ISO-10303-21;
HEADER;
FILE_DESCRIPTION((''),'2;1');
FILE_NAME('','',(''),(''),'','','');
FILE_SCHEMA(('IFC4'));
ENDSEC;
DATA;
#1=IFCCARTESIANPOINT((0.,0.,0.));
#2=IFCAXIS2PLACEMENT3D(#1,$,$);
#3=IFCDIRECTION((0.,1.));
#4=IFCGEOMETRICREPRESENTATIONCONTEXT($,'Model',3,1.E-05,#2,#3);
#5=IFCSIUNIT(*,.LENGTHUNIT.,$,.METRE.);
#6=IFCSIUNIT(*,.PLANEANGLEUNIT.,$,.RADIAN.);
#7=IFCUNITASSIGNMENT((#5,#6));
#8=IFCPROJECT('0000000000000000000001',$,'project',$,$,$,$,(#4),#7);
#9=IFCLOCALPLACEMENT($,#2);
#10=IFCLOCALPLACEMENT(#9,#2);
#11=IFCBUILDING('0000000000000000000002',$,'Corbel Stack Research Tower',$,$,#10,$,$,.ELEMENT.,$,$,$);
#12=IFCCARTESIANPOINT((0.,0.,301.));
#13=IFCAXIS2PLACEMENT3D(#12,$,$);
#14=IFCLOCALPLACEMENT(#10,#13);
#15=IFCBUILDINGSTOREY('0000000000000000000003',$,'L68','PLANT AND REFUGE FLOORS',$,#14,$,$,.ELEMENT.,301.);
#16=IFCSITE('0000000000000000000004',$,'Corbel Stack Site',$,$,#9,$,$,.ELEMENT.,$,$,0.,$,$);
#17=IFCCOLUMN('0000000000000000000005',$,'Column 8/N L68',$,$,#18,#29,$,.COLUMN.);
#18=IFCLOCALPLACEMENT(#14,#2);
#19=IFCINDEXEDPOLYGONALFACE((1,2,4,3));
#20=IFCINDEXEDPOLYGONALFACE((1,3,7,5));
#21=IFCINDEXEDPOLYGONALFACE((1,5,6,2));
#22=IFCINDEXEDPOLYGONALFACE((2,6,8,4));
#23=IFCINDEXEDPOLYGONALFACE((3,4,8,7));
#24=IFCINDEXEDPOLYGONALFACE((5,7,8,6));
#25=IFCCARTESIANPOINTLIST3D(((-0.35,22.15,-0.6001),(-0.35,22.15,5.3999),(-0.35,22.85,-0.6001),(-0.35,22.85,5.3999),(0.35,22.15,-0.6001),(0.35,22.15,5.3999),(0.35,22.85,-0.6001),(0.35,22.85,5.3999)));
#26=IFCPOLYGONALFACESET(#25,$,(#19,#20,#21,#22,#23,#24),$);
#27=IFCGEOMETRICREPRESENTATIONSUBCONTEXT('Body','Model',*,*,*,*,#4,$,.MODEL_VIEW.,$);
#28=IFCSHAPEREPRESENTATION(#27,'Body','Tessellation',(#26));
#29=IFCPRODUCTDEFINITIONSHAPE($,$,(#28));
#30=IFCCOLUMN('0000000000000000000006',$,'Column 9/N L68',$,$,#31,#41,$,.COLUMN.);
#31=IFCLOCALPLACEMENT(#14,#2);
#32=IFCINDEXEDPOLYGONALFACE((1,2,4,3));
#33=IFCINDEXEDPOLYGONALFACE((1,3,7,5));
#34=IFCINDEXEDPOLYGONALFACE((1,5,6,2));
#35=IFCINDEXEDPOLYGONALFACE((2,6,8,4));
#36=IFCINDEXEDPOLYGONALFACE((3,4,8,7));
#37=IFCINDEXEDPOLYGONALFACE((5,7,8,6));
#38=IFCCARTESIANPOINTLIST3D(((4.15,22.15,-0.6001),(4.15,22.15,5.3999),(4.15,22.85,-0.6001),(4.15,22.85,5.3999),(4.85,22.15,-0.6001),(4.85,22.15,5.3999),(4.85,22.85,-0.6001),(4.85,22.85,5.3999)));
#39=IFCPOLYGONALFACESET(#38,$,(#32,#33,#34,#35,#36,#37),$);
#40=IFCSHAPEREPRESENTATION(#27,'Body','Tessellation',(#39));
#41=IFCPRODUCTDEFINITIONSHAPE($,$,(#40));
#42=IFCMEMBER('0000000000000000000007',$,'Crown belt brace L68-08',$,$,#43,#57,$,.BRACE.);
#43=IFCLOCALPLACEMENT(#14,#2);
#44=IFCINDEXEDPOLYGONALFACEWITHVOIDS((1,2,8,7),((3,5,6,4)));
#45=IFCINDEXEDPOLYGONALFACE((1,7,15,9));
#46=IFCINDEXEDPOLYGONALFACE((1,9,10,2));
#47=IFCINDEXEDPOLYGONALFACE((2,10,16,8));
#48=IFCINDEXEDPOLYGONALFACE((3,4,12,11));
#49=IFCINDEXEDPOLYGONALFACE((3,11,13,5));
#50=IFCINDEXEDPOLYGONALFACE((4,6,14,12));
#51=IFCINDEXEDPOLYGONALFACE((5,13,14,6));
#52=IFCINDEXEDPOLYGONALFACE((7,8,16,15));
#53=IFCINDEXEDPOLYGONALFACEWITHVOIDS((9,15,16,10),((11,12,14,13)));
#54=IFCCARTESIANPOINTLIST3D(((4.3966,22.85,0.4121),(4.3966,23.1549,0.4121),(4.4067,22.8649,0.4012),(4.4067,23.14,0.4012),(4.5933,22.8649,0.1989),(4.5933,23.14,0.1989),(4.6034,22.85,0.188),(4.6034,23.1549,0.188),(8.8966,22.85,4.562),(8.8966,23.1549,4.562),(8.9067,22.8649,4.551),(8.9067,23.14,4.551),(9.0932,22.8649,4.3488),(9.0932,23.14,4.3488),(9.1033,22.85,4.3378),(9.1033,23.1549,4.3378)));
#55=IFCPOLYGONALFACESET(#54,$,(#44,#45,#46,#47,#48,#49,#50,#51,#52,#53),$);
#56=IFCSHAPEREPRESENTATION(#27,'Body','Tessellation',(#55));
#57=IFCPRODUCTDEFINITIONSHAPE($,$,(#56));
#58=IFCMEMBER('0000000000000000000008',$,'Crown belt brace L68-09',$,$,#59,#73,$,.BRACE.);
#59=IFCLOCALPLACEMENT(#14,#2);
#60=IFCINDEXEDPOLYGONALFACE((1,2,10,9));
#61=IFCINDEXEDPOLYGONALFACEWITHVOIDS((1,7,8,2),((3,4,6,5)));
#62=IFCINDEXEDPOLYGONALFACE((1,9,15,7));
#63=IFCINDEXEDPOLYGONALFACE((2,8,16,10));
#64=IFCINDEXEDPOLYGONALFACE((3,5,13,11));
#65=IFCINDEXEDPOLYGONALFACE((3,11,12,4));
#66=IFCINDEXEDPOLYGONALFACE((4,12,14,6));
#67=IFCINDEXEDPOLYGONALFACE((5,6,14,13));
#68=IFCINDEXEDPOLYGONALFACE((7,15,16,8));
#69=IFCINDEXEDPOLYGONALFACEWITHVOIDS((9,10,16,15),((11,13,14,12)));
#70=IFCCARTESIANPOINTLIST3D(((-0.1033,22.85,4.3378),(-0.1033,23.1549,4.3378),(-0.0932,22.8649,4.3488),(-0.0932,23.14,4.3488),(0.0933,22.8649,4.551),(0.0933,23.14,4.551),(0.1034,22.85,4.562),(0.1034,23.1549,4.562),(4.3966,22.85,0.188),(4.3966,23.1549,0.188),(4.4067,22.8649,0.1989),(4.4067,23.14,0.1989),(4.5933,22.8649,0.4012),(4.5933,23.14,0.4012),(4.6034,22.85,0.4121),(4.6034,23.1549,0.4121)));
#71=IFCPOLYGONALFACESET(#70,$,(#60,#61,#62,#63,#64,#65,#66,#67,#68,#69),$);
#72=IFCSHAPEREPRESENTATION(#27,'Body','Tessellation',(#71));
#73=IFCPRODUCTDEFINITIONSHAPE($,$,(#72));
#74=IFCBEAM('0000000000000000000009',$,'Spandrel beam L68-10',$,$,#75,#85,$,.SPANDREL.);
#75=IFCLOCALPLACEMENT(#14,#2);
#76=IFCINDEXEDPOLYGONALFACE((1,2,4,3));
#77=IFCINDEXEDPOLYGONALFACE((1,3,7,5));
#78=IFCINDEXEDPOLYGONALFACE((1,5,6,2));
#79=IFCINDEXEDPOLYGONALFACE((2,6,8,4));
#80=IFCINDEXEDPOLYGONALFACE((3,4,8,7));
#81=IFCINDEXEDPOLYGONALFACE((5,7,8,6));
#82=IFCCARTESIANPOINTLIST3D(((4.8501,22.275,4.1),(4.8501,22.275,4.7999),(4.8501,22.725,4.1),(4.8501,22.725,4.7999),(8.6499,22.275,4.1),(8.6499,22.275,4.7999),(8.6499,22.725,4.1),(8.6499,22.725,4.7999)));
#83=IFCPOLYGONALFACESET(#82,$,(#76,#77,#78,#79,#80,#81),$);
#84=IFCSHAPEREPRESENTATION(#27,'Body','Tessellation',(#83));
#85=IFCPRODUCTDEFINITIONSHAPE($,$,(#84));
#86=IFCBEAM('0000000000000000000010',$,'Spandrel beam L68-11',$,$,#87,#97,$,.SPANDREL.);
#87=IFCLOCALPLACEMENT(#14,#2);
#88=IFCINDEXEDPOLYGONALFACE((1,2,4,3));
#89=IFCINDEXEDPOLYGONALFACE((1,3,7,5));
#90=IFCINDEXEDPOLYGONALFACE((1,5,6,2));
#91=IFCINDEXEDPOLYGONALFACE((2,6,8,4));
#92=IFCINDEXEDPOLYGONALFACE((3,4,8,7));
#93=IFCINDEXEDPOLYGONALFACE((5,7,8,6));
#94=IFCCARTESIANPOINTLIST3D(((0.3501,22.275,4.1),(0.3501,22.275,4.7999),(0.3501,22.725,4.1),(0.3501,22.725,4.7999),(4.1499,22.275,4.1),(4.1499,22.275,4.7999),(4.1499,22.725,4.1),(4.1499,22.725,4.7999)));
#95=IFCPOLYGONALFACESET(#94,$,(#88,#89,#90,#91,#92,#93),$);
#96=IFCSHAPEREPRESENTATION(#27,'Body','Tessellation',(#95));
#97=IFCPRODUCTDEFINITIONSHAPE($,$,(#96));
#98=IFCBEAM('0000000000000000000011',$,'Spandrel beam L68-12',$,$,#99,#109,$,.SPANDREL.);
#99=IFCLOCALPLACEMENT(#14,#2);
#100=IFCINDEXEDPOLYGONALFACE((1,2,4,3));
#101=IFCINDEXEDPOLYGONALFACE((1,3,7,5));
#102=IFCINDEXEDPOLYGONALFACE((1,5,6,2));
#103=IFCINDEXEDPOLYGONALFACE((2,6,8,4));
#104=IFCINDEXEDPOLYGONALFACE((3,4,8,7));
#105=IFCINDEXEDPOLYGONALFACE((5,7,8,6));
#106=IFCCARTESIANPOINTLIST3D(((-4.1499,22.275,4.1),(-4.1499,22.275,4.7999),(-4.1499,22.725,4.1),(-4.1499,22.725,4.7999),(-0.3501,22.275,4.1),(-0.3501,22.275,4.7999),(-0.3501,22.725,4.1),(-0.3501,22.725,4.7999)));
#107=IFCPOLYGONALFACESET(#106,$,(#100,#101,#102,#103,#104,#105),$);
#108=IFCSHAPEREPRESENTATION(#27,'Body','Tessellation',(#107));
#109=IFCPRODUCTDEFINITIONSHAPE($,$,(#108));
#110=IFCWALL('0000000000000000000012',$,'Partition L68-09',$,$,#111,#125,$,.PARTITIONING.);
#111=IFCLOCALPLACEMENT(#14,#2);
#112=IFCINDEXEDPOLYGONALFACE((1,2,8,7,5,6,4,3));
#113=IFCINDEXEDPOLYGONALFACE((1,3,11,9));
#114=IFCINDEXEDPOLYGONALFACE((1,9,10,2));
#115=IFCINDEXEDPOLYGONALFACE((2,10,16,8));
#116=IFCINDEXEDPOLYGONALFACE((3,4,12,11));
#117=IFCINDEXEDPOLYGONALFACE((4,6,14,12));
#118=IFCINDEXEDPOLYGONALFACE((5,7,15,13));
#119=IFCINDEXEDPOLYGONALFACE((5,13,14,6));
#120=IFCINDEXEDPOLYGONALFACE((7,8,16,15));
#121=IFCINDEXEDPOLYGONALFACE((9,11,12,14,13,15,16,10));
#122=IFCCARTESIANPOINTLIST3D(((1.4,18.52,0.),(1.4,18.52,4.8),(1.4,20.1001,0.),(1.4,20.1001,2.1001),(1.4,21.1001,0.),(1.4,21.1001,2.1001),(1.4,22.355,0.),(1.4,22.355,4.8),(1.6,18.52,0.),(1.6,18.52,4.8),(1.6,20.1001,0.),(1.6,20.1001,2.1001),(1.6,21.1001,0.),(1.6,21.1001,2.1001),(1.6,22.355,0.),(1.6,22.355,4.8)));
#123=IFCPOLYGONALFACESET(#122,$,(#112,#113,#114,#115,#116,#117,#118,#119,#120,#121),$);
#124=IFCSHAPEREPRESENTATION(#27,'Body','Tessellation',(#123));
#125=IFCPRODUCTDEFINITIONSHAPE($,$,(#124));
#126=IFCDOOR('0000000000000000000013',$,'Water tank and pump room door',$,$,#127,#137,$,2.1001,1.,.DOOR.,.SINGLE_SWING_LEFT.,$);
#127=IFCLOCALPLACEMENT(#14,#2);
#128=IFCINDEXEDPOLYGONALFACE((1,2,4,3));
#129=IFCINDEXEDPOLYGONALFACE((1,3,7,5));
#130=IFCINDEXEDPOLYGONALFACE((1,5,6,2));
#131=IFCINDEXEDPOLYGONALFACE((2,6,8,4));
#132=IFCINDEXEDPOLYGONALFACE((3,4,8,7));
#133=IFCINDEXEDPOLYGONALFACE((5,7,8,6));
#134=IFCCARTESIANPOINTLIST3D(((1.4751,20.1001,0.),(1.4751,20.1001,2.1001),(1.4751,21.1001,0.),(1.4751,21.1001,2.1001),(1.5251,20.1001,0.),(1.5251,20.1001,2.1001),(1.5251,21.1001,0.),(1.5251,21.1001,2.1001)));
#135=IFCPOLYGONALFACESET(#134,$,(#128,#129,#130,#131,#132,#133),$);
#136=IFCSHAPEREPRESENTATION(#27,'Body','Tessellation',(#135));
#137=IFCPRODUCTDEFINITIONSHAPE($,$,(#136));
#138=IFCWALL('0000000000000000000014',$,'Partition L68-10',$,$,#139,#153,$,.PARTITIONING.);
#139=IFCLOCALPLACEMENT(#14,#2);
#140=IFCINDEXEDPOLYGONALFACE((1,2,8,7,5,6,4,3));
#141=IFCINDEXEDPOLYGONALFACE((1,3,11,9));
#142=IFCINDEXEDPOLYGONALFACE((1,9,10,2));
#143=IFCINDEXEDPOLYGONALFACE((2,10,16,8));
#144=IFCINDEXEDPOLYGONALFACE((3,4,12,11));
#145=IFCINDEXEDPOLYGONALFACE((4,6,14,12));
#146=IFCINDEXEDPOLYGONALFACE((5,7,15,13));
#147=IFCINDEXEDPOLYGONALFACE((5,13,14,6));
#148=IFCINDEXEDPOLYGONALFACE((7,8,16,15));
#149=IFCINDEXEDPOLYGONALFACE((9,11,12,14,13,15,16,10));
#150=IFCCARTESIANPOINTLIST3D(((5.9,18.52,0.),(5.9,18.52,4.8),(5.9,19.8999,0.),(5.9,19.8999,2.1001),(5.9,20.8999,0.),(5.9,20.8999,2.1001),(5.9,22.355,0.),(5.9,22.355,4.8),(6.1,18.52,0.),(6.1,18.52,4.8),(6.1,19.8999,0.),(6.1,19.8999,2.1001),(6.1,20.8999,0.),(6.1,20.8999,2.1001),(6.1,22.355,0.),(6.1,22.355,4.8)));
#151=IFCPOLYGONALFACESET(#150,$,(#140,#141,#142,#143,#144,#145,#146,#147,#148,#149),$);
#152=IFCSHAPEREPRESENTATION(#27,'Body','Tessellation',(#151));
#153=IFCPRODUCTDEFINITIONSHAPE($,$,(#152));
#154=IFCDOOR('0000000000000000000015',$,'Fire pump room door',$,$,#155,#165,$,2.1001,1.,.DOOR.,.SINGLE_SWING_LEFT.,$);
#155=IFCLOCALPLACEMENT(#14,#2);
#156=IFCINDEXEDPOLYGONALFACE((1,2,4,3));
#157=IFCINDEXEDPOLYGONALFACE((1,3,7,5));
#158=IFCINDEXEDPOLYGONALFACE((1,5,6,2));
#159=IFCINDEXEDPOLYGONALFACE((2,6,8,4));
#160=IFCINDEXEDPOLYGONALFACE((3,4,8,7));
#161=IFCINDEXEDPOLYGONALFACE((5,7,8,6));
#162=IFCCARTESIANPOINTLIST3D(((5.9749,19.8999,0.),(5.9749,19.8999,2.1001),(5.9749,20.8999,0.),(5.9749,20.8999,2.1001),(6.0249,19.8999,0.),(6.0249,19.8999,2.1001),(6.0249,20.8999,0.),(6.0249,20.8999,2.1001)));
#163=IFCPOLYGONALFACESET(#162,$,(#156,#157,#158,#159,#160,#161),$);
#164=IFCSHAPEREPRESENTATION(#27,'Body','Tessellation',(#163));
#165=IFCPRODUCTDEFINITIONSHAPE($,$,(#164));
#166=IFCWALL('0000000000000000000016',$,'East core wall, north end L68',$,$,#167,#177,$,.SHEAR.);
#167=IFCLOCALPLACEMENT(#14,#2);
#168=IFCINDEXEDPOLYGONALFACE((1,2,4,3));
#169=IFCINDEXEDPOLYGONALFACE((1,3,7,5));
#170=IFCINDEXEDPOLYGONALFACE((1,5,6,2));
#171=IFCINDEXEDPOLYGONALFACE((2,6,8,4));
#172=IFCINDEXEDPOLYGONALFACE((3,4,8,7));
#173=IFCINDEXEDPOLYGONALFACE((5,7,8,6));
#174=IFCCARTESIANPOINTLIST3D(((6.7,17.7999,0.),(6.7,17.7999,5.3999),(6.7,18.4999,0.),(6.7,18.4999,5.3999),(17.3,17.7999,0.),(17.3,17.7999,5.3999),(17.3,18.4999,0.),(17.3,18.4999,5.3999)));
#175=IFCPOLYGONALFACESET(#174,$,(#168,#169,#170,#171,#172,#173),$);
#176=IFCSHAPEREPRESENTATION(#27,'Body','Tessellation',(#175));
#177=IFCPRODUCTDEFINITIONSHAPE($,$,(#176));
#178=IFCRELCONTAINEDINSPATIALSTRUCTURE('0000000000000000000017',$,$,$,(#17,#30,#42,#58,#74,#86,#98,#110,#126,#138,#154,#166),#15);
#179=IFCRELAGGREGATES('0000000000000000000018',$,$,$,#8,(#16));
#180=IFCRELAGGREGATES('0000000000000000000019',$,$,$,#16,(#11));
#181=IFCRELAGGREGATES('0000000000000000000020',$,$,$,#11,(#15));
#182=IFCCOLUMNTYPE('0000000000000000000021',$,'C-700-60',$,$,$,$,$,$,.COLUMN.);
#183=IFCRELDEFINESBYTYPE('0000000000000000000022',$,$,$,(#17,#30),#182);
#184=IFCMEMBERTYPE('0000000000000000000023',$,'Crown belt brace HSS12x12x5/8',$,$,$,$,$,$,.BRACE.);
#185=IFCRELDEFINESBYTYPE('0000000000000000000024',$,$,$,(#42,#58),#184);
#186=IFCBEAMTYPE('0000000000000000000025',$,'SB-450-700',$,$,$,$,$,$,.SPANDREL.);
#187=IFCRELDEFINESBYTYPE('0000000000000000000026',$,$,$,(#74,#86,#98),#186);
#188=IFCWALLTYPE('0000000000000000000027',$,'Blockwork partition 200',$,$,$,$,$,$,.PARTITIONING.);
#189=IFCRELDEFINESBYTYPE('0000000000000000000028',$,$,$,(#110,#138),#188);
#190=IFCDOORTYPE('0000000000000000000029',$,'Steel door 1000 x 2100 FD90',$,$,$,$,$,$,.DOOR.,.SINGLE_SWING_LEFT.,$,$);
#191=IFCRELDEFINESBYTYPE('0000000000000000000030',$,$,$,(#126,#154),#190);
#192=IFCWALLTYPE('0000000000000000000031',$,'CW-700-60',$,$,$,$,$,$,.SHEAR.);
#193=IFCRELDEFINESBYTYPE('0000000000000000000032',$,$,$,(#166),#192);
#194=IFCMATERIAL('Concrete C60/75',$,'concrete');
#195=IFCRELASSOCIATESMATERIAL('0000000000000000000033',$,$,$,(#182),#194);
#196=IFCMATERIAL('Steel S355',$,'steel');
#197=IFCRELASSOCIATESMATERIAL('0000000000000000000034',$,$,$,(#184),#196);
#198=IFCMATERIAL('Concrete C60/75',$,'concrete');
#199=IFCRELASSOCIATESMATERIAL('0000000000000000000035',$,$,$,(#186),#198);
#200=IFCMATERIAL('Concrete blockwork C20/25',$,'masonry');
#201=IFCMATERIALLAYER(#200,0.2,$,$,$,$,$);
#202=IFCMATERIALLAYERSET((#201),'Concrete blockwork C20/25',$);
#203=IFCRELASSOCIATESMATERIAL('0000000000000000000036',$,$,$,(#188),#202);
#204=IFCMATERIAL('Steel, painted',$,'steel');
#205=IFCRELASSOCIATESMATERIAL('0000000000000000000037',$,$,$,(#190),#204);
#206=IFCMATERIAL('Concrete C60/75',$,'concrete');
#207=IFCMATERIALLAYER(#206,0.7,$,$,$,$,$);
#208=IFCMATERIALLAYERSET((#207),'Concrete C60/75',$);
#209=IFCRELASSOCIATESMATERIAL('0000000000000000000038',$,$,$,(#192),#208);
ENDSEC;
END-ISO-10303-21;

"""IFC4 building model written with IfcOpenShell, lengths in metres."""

from ifc_helpers import new_model, si_unit, direction, frame, frame_2d, origin, origin_2d, place, context, subcontext, project, spatial, rectangle, hollow_rectangle, extrude, material, layer, layer_set, material_profile, profile_set, type_object, element, fill, save


model = new_model("IFC4")

# Units and contexts
model_context = context("Model", 3, precision=1e-05, world=origin(), true_north=direction((0.0, 1.0)))
body_context = subcontext(model_context, "Body", "Model", "MODEL_VIEW")
ifc_project = project(units=[si_unit("LENGTHUNIT", "METRE"), si_unit("PLANEANGLEUNIT", "RADIAN")], contexts=[model_context])

# Site, building, storey
site_placement = place(None, origin())
site = spatial("IfcSite", under=ifc_project, at=site_placement, Name="Corbel Stack Site", CompositionType="ELEMENT", RefElevation=0.0)
building_placement = place(site_placement, origin())
building = spatial("IfcBuilding", under=site, at=building_placement, Name="Corbel Stack Research Tower", CompositionType="ELEMENT")
storey_placement = place(building_placement, frame((0.0, 0.0, 301.0)))
storey = spatial("IfcBuildingStorey", under=building, at=storey_placement, Name="L68", Description="PLANT AND REFUGE FLOORS", CompositionType="ELEMENT", Elevation=301.0)

# Columns
ifc_material_1 = material(Name="Concrete C60/75", Category="concrete")
ifc_material_profile_1 = material_profile(ifc_material_1, rectangle(XDim=0.7, YDim=0.7, at=origin_2d()), Name="RC 700 x 700")
ifc_profile_set_1 = profile_set([ifc_material_profile_1], Name="Concrete C60/75")
column_type = type_object("IfcColumnType", Name="C-700-60", PredefinedType="COLUMN", material=ifc_profile_set_1)
for number, where, z_axis, x_axis, name in (
    (1, (0.0, 22.5, -0.6001), (0.0, 0.0, 1.0), (1.0, 0.0, 0.0), "Column 8/N L68"),
    (2, (4.5, 22.5, -0.6001), (0.0, 0.0, 1.0), (1.0, 0.0, 0.0), "Column 9/N L68"),
):
    element("IfcColumn", number, at=place(storey_placement, frame(where, z_axis=z_axis, x_axis=x_axis)), inside=storey, type_object=column_type, Name=name, PredefinedType="COLUMN", context=body_context, shape_type="SweptSolid", body=[
        extrude(rectangle(XDim=0.7, YDim=0.7, at=origin_2d()), origin(), (0.0, 0.0, 1.0), 6.0),
    ])

# Members
ifc_material_2 = material(Name="Steel S355", Category="steel")
ifc_material_profile_2 = material_profile(ifc_material_2, hollow_rectangle(XDim=0.3049, YDim=0.3049, WallThickness=0.0149, at=origin_2d()), Name="HSS12x12x5/8")
ifc_profile_set_2 = profile_set([ifc_material_profile_2], Name="Steel S355")
member_type = type_object("IfcMemberType", Name="Crown belt brace HSS12x12x5/8", PredefinedType="BRACE", material=ifc_profile_set_2)
for number, where, z_axis, x_axis, name in (
    (3, (4.5, 23.0024, 0.3), (0.735124, 0.0, 0.677932), (0.0, 1.0, 0.0), "Crown belt brace L68-08"),
    (4, (4.5, 23.0024, 0.3), (-0.735124, 0.0, 0.677932), (0.0, -1.0, 0.0), "Crown belt brace L68-09"),
):
    element("IfcMember", number, at=place(storey_placement, frame(where, z_axis=z_axis, x_axis=x_axis)), inside=storey, type_object=member_type, Name=name, PredefinedType="BRACE", context=body_context, shape_type="SweptSolid", body=[
        extrude(hollow_rectangle(XDim=0.3049, YDim=0.3049, WallThickness=0.0149, at=origin_2d()), origin(), (0.0, 0.0, 1.0), 6.1213),
    ])

# Beams
ifc_material_3 = material(Name="Concrete C60/75", Category="concrete")
ifc_material_profile_3 = material_profile(ifc_material_3, rectangle(XDim=0.45, YDim=0.7, at=origin_2d()), Name="RC 450 x 700")
ifc_profile_set_3 = profile_set([ifc_material_profile_3], Name="Concrete C60/75")
beam_type = type_object("IfcBeamType", Name="SB-450-700", PredefinedType="SPANDREL", material=ifc_profile_set_3)
for number, where, z_axis, x_axis, name in (
    (5, (8.6499, 22.5, 4.45), (-1.0, 0.0, 0.0), (0.0, -1.0, 0.0), "Spandrel beam L68-10"),
    (6, (4.1499, 22.5, 4.45), (-1.0, 0.0, 0.0), (0.0, -1.0, 0.0), "Spandrel beam L68-11"),
    (7, (-0.3501, 22.5, 4.45), (-1.0, 0.0, 0.0), (0.0, -1.0, 0.0), "Spandrel beam L68-12"),
):
    element("IfcBeam", number, at=place(storey_placement, frame(where, z_axis=z_axis, x_axis=x_axis)), inside=storey, type_object=beam_type, Name=name, PredefinedType="SPANDREL", context=body_context, shape_type="SweptSolid", body=[
        extrude(rectangle(XDim=0.45, YDim=0.7, at=origin_2d()), origin(), (0.0, 0.0, 1.0), 3.7998),
    ])

# Walls, openings, doors
ifc_material_4 = material(Name="Concrete blockwork C20/25", Category="masonry")
ifc_layer_1 = layer(ifc_material_4, 0.2)
ifc_layer_set_1 = layer_set([ifc_layer_1], Name="Concrete blockwork C20/25")
wall_type_1 = type_object("IfcWallType", Name="Blockwork partition 200", PredefinedType="PARTITIONING", material=ifc_layer_set_1)
wall_1_placement = place(storey_placement, frame((1.5, 18.52, 0.0), z_axis=(0.0, 0.0, 1.0), x_axis=(0.0, 1.0, 0.0)))
wall_1 = element("IfcWall", 8, at=wall_1_placement, inside=storey, type_object=wall_type_1, Name="Partition L68-09", PredefinedType="PARTITIONING", context=body_context, shape_type="SweptSolid", body=[
    extrude(rectangle(XDim=3.835, YDim=0.2, at=frame_2d((1.9175, 0.0))), origin(), (0.0, 0.0, 1.0), 4.8),
])
opening_1_placement = place(wall_1_placement, frame((1.5801, 0.0, 0.0)))
opening_1 = element("IfcOpeningElement", 9, at=opening_1_placement, cuts=wall_1, PredefinedType="OPENING", context=body_context, shape_type="SweptSolid", body=[
    extrude(rectangle(XDim=1.0, YDim=2.1001, at=frame_2d((0.5, 1.05))), frame((0.0, 0.1099, 0.0), z_axis=(0.0, -1.0, 0.0), x_axis=(1.0, 0.0, 0.0)), (0.0, 0.0, 1.0), 0.22),
])
ifc_material_5 = material(Name="Steel, painted", Category="steel")
door_type_1 = type_object("IfcDoorType", Name="Steel door 1000 x 2100 FD90", OperationType="SINGLE_SWING_LEFT", PredefinedType="DOOR", material=ifc_material_5)
door_1_placement = place(opening_1_placement, origin())
door_1 = element("IfcDoor", 10, at=door_1_placement, inside=storey, type_object=door_type_1, Name="Water tank and pump room door", OperationType="SINGLE_SWING_LEFT", OverallHeight=2.1001, OverallWidth=1.0, PredefinedType="DOOR", context=body_context, shape_type="SweptSolid", body=[
    extrude(rectangle(XDim=1.0, YDim=2.1001, at=frame_2d((0.5, 1.05))), frame((0.0, 0.0249, 0.0), z_axis=(0.0, -1.0, 0.0), x_axis=(1.0, 0.0, 0.0)), (0.0, 0.0, 1.0), 0.05),
])
fill(opening_1, door_1)
wall_2_placement = place(storey_placement, frame((6.0, 22.355, 0.0), z_axis=(0.0, 0.0, 1.0), x_axis=(0.0, -1.0, 0.0)))
wall_2 = element("IfcWall", 11, at=wall_2_placement, inside=storey, type_object=wall_type_1, Name="Partition L68-10", PredefinedType="PARTITIONING", context=body_context, shape_type="SweptSolid", body=[
    extrude(rectangle(XDim=3.835, YDim=0.2, at=frame_2d((1.9175, 0.0))), origin(), (0.0, 0.0, 1.0), 4.8),
])
opening_2_placement = place(wall_2_placement, frame((1.4551, 0.0, 0.0)))
opening_2 = element("IfcOpeningElement", 12, at=opening_2_placement, cuts=wall_2, PredefinedType="OPENING", context=body_context, shape_type="SweptSolid", body=[
    extrude(rectangle(XDim=1.0, YDim=2.1001, at=frame_2d((0.5, 1.05))), frame((0.0, 0.1099, 0.0), z_axis=(0.0, -1.0, 0.0), x_axis=(1.0, 0.0, 0.0)), (0.0, 0.0, 1.0), 0.22),
])
door_2_placement = place(opening_2_placement, origin())
door_2 = element("IfcDoor", 13, at=door_2_placement, inside=storey, type_object=door_type_1, Name="Fire pump room door", OperationType="SINGLE_SWING_LEFT", OverallHeight=2.1001, OverallWidth=1.0, PredefinedType="DOOR", context=body_context, shape_type="SweptSolid", body=[
    extrude(rectangle(XDim=1.0, YDim=2.1001, at=frame_2d((0.5, 1.05))), frame((0.0, 0.0249, 0.0), z_axis=(0.0, -1.0, 0.0), x_axis=(1.0, 0.0, 0.0)), (0.0, 0.0, 1.0), 0.05),
])
fill(opening_2, door_2)

# Wall
ifc_material_6 = material(Name="Concrete C60/75", Category="concrete")
ifc_layer_2 = layer(ifc_material_6, 0.7)
ifc_layer_set_2 = layer_set([ifc_layer_2], Name="Concrete C60/75")
wall_type_2 = type_object("IfcWallType", Name="CW-700-60", PredefinedType="SHEAR", material=ifc_layer_set_2)
wall_3_placement = place(storey_placement, frame((6.7, 18.1499, 0.0), z_axis=(0.0, 0.0, 1.0), x_axis=(1.0, 0.0, 0.0)))
element("IfcWall", 14, at=wall_3_placement, inside=storey, type_object=wall_type_2, Name="East core wall, north end L68", PredefinedType="SHEAR", context=body_context, shape_type="SweptSolid", body=[
    extrude(rectangle(XDim=10.6001, YDim=0.7, at=frame_2d((5.3, 0.0))), origin(), (0.0, 0.0, 1.0), 5.3999),
])

save(model, "model.ifc")
